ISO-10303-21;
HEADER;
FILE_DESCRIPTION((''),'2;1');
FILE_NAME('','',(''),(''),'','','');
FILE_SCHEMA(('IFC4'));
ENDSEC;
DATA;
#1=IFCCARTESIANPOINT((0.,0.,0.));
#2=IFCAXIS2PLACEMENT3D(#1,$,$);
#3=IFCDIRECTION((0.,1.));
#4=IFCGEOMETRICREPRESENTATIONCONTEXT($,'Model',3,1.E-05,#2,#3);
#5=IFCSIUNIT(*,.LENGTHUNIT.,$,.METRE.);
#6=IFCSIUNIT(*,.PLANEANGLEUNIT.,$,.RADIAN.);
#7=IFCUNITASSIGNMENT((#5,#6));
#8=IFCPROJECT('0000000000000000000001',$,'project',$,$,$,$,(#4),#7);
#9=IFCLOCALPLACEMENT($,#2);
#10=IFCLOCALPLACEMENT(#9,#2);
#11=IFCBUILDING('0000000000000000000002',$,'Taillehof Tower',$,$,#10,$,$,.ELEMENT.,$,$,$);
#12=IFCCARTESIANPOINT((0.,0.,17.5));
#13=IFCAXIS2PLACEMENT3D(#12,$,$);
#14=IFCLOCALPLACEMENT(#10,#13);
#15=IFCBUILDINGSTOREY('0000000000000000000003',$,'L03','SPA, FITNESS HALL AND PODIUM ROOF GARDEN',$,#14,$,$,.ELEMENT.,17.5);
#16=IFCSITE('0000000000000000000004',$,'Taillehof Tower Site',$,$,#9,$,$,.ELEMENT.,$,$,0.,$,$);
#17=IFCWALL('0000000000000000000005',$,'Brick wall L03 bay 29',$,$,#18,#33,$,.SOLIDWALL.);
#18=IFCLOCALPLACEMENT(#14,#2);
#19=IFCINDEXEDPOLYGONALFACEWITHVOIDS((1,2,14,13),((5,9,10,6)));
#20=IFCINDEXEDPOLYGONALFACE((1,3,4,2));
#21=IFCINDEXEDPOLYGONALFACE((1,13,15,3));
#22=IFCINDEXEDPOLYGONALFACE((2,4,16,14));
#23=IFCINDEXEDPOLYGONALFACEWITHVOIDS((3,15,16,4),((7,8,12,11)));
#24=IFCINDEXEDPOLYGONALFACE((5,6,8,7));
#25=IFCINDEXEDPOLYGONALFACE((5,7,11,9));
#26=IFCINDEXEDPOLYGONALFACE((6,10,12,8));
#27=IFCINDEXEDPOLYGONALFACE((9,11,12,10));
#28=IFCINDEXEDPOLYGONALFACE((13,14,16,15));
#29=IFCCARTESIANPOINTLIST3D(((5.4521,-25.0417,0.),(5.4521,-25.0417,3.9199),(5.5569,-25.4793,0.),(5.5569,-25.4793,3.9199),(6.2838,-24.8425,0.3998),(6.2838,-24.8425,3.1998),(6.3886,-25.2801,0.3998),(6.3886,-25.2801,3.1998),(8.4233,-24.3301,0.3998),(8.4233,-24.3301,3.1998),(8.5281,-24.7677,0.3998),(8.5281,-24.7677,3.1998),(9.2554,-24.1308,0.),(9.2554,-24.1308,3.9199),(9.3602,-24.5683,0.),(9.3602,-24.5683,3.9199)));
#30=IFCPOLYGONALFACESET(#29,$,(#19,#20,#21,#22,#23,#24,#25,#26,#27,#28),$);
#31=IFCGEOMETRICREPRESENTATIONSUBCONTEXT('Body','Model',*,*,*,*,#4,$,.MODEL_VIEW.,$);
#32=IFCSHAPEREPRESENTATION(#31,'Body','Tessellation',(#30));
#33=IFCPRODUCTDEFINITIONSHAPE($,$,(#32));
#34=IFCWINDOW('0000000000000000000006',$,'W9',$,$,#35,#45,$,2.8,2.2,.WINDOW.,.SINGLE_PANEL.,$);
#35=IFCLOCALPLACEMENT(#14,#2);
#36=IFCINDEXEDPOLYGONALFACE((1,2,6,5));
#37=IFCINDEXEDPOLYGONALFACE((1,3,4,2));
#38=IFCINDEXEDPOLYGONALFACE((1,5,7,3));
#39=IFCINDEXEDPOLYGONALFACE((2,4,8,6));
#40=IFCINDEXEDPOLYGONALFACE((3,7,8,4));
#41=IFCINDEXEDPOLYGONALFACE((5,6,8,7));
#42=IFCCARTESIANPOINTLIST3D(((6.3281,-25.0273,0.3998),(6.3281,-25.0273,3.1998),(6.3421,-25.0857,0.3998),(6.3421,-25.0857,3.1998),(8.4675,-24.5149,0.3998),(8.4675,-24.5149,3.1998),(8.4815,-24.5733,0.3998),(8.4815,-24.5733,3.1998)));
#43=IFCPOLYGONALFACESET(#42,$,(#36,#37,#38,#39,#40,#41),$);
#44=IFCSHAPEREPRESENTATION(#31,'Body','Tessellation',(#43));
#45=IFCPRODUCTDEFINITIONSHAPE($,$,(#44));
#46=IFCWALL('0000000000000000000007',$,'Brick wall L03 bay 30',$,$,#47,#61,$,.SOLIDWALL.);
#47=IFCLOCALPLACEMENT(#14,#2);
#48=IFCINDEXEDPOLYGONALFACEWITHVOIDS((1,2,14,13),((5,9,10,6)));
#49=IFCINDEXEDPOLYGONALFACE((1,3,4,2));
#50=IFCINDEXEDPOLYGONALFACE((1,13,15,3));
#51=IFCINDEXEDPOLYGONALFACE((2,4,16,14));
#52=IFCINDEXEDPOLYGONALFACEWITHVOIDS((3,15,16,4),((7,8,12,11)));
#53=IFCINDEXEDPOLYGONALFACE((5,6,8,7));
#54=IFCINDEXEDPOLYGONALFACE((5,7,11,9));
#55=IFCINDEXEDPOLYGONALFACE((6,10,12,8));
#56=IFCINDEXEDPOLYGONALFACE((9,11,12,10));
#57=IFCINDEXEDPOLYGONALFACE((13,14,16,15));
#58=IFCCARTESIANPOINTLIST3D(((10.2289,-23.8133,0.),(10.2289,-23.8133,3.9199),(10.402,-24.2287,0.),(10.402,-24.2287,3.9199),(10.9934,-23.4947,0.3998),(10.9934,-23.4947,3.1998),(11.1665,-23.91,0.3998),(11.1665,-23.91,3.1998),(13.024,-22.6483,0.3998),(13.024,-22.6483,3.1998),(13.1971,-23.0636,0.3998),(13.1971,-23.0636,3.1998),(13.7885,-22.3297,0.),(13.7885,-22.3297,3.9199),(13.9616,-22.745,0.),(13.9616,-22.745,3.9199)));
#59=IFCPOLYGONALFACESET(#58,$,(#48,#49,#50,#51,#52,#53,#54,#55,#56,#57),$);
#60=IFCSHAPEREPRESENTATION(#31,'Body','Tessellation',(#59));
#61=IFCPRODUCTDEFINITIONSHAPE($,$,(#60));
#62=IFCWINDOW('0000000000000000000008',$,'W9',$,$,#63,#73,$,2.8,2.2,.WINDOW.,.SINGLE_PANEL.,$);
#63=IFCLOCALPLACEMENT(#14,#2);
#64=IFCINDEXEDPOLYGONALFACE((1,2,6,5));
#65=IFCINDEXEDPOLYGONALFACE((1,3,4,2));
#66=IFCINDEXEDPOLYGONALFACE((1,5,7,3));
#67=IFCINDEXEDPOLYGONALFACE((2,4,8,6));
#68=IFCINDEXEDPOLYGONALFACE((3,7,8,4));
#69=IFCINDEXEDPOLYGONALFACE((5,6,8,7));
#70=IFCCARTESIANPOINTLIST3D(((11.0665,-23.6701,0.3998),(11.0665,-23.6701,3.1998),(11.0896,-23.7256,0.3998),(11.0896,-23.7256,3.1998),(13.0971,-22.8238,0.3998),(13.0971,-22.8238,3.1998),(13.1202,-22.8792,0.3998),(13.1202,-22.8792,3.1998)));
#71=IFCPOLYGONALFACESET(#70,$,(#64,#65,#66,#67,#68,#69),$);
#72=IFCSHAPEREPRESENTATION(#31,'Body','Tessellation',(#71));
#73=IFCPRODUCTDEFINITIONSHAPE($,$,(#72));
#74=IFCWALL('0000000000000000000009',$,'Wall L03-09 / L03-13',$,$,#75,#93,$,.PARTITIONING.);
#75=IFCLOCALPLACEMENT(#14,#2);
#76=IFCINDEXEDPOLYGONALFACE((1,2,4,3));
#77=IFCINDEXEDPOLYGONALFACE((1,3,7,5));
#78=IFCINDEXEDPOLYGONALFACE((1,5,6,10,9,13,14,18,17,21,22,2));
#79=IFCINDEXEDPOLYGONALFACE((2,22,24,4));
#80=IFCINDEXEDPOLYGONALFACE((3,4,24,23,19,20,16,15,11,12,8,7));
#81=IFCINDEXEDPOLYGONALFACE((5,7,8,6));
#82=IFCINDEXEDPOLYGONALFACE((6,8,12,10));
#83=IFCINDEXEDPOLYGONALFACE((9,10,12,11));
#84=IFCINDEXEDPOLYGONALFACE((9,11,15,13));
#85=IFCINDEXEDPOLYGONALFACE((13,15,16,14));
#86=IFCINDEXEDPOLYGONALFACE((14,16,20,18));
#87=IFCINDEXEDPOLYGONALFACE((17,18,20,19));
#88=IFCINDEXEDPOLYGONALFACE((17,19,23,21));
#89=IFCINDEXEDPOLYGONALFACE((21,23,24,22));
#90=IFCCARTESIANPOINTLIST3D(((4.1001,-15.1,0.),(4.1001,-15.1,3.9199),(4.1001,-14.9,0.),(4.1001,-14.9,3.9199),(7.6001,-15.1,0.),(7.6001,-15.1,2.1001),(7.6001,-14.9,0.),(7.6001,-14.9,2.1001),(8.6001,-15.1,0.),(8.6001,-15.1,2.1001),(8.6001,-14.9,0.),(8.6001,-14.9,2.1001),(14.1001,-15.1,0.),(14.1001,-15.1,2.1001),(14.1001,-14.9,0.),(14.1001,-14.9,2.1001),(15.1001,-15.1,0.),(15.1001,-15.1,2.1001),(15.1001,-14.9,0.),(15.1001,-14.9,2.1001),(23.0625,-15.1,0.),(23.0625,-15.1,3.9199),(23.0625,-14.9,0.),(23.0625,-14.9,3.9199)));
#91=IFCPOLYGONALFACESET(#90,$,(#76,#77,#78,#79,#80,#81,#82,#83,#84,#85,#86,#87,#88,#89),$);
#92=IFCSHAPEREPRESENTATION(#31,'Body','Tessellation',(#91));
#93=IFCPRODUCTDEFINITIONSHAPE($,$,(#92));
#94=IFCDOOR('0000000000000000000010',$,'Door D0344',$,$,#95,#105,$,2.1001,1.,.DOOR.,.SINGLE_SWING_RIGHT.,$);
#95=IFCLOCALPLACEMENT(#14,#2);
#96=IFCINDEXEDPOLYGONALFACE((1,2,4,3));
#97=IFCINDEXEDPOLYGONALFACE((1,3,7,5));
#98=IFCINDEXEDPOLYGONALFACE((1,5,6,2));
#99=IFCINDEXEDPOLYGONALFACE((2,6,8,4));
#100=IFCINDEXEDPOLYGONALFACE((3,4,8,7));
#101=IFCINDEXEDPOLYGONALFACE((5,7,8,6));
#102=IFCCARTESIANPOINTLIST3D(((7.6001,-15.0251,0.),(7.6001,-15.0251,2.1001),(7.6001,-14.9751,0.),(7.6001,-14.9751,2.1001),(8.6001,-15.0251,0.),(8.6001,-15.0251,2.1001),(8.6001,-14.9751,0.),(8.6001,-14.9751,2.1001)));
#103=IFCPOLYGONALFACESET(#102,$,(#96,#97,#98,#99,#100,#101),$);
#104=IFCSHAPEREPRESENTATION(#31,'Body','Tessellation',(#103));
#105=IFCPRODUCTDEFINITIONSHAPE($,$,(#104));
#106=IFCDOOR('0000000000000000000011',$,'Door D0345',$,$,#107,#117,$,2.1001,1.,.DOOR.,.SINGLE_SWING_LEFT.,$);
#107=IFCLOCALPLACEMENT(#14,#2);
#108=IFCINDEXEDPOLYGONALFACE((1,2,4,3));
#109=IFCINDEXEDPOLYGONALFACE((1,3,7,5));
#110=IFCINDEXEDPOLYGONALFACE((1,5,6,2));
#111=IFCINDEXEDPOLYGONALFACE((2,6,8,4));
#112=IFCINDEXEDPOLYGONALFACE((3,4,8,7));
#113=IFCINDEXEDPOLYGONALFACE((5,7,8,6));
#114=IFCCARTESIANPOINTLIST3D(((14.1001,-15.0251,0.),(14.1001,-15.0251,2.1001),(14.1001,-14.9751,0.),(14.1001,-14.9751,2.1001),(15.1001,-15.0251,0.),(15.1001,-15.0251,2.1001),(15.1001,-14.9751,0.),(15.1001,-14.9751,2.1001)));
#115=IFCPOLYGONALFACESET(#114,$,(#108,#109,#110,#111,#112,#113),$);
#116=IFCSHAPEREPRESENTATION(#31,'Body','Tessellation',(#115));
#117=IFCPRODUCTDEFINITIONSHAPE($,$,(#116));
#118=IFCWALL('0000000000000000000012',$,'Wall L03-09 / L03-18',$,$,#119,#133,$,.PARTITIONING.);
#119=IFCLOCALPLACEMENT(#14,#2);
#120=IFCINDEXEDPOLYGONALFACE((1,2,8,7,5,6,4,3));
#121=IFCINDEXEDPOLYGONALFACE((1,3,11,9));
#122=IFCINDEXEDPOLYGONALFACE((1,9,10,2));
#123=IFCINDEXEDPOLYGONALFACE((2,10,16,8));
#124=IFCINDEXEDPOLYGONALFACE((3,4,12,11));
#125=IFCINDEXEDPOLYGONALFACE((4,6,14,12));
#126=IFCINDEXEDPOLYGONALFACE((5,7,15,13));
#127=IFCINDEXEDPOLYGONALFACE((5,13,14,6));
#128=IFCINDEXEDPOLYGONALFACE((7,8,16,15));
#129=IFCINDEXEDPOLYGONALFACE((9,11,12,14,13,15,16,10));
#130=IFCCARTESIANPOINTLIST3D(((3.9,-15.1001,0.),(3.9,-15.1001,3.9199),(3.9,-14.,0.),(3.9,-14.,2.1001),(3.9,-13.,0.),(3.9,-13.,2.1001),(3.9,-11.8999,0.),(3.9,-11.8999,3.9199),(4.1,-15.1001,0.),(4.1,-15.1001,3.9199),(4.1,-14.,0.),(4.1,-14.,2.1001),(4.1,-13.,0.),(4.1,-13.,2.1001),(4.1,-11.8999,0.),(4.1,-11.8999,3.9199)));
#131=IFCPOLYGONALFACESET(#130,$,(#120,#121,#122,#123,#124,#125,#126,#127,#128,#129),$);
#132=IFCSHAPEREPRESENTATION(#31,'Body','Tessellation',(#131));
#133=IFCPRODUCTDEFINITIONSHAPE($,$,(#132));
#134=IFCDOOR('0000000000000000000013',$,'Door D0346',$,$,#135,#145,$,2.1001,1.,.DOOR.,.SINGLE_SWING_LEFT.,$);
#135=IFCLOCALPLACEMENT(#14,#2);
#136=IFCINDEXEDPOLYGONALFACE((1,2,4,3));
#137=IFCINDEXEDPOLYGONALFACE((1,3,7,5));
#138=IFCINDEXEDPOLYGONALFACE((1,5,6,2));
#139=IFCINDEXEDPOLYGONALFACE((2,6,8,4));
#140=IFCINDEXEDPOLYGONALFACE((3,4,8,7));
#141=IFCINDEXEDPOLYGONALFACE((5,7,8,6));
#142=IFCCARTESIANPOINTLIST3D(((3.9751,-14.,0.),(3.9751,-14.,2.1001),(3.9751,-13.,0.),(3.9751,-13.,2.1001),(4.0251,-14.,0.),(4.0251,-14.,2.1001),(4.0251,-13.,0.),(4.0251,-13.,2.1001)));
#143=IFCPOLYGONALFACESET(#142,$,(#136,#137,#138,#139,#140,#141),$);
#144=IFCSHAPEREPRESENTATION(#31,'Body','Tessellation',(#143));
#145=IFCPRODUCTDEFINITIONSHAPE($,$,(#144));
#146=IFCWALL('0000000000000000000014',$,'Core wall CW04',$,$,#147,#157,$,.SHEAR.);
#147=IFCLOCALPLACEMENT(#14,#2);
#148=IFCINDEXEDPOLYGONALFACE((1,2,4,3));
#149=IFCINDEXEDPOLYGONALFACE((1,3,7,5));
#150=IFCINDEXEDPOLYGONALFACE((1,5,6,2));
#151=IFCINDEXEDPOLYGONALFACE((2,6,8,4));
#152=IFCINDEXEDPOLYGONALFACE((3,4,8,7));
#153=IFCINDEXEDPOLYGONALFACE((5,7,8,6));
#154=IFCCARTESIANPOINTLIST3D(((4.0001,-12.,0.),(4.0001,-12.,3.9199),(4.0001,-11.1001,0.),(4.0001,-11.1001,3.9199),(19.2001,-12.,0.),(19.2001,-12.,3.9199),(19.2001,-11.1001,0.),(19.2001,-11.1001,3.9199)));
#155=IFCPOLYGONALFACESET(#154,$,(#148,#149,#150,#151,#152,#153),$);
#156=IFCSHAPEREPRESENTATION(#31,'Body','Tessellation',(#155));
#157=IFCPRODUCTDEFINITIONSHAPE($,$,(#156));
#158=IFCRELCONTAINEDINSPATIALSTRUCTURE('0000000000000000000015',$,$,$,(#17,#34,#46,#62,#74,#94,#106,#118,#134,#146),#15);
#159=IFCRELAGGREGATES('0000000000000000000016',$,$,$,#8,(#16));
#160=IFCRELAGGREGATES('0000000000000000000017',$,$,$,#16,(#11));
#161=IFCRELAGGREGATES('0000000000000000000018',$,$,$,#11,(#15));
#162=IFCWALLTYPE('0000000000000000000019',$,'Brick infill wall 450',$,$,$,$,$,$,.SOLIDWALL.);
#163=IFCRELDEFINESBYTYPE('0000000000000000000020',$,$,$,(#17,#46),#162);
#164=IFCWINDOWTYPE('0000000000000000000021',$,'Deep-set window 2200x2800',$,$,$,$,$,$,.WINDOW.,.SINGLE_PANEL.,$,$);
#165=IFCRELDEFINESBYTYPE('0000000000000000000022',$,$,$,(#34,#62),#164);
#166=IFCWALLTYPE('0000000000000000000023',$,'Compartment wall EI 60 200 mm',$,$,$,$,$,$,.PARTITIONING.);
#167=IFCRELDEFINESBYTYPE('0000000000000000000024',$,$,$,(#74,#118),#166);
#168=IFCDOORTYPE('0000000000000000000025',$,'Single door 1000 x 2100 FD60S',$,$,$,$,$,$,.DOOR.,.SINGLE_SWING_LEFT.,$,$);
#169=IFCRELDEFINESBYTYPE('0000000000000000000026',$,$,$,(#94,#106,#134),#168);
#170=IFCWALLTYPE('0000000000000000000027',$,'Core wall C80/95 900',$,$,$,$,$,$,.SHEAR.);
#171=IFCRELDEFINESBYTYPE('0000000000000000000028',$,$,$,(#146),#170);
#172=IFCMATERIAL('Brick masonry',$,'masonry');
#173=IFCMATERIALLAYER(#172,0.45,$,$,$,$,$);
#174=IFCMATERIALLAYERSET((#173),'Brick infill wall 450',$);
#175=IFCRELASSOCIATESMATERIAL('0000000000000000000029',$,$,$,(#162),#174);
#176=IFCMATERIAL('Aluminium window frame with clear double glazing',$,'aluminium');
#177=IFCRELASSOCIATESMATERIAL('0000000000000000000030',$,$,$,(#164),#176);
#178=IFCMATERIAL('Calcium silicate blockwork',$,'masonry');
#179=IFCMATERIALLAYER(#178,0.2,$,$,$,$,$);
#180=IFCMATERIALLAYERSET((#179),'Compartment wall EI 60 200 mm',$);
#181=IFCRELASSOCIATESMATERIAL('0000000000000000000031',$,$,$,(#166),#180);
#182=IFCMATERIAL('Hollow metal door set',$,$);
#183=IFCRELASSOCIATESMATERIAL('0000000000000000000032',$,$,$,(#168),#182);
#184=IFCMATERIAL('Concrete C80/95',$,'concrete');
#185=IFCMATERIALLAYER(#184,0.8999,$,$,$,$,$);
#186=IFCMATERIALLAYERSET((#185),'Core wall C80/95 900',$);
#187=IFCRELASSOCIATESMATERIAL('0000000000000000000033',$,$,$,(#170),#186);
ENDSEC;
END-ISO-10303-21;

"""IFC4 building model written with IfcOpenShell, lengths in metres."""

from ifc_helpers import new_model, si_unit, direction, frame, frame_2d, origin, place, context, subcontext, project, spatial, rectangle, extrude, material, layer, layer_set, type_object, element, fill, save


model = new_model("IFC4")

# Units and contexts
model_context = context("Model", 3, precision=1e-05, world=origin(), true_north=direction((0.0, 1.0)))
body_context = subcontext(model_context, "Body", "Model", "MODEL_VIEW")
ifc_project = project(units=[si_unit("LENGTHUNIT", "METRE"), si_unit("PLANEANGLEUNIT", "RADIAN")], contexts=[model_context])

# Site, building, storey
site_placement = place(None, origin())
site = spatial("IfcSite", under=ifc_project, at=site_placement, Name="Taillehof Tower Site", CompositionType="ELEMENT", RefElevation=0.0)
building_placement = place(site_placement, origin())
building = spatial("IfcBuilding", under=site, at=building_placement, Name="Taillehof Tower", CompositionType="ELEMENT")
storey_placement = place(building_placement, frame((0.0, 0.0, 17.5)))
storey = spatial("IfcBuildingStorey", under=building, at=storey_placement, Name="L03", Description="SPA, FITNESS HALL AND PODIUM ROOF GARDEN", CompositionType="ELEMENT", Elevation=17.5)

# Walls, openings, windows
ifc_material_1 = material(Name="Brick masonry", Category="masonry")
ifc_layer_1 = layer(ifc_material_1, 0.45)
ifc_layer_set_1 = layer_set([ifc_layer_1], Name="Brick infill wall 450")
wall_type_1 = type_object("IfcWallType", Name="Brick infill wall 450", PredefinedType="SOLIDWALL", material=ifc_layer_set_1)
ifc_material_2 = material(Name="Aluminium window frame with clear double glazing", Category="aluminium")
window_type = type_object("IfcWindowType", Name="Deep-set window 2200x2800", PartitioningType="SINGLE_PANEL", PredefinedType="WINDOW", material=ifc_material_2)
wall_1_placement = place(storey_placement, frame((5.5044, -25.2605, 0.0), z_axis=(0.0, 0.0, 1.0), x_axis=(0.972497, 0.232917, 0.0)))
wall_1 = element("IfcWall", 1, at=wall_1_placement, inside=storey, type_object=wall_type_1, Name="Brick wall L03 bay 29", PredefinedType="SOLIDWALL", context=body_context, shape_type="SweptSolid", body=[
    extrude(rectangle(XDim=3.9109, YDim=0.45, at=frame_2d((1.9556, 0.0))), origin(), (0.0, 0.0, 1.0), 3.9199),
])
opening_1_placement = place(wall_1_placement, frame((0.8552, 0.0, 0.3999)))
opening_1 = element("IfcOpeningElement", 2, at=opening_1_placement, cuts=wall_1, PredefinedType="OPENING", context=body_context, shape_type="SweptSolid", body=[
    extrude(rectangle(XDim=2.2, YDim=2.8, at=frame_2d((1.1001, 1.3999))), frame((0.0, 0.2349, 0.0), z_axis=(0.0, -1.0, 0.0), x_axis=(1.0, 0.0, 0.0)), (0.0, 0.0, 1.0), 0.47),
])
window_1_placement = place(opening_1_placement, origin())
window_1 = element("IfcWindow", 3, at=window_1_placement, inside=storey, type_object=window_type, Name="W9", OverallHeight=2.8, OverallWidth=2.2, PartitioningType="SINGLE_PANEL", PredefinedType="WINDOW", context=body_context, shape_type="SweptSolid", body=[
    extrude(rectangle(XDim=2.2, YDim=2.8, at=frame_2d((1.1001, 1.3999))), frame((0.0, 0.0349, 0.0), z_axis=(0.0, -1.0, 0.0), x_axis=(1.0, 0.0, 0.0)), (0.0, 0.0, 1.0), 0.0601),
])
fill(opening_1, window_1)
wall_2_placement = place(storey_placement, frame((10.3154, -24.021, 0.0), z_axis=(0.0, 0.0, 1.0), x_axis=(0.923032, 0.384723, 0.0)))
wall_2 = element("IfcWall", 4, at=wall_2_placement, inside=storey, type_object=wall_type_1, Name="Brick wall L03 bay 30", PredefinedType="SOLIDWALL", context=body_context, shape_type="SweptSolid", body=[
    extrude(rectangle(XDim=3.8564, YDim=0.45, at=frame_2d((1.9282, 0.0))), origin(), (0.0, 0.0, 1.0), 3.9199),
])
opening_2_placement = place(wall_2_placement, frame((0.8281, 0.0, 0.3999)))
opening_2 = element("IfcOpeningElement", 5, at=opening_2_placement, cuts=wall_2, PredefinedType="OPENING", context=body_context, shape_type="SweptSolid", body=[
    extrude(rectangle(XDim=2.2, YDim=2.8, at=frame_2d((1.1001, 1.3999))), frame((0.0, 0.2349, 0.0), z_axis=(0.0, -1.0, 0.0), x_axis=(1.0, 0.0, 0.0)), (0.0, 0.0, 1.0), 0.47),
])
window_2_placement = place(opening_2_placement, origin())
window_2 = element("IfcWindow", 6, at=window_2_placement, inside=storey, type_object=window_type, Name="W9", OverallHeight=2.8, OverallWidth=2.2, PartitioningType="SINGLE_PANEL", PredefinedType="WINDOW", context=body_context, shape_type="SweptSolid", body=[
    extrude(rectangle(XDim=2.2, YDim=2.8, at=frame_2d((1.1001, 1.3999))), frame((0.0, 0.0349, 0.0), z_axis=(0.0, -1.0, 0.0), x_axis=(1.0, 0.0, 0.0)), (0.0, 0.0, 1.0), 0.0601),
])
fill(opening_2, window_2)

# Wall, openings, doors
ifc_material_3 = material(Name="Calcium silicate blockwork", Category="masonry")
ifc_layer_2 = layer(ifc_material_3, 0.2)
ifc_layer_set_2 = layer_set([ifc_layer_2], Name="Compartment wall EI 60 200 mm")
wall_type_2 = type_object("IfcWallType", Name="Compartment wall EI 60 200 mm", PredefinedType="PARTITIONING", material=ifc_layer_set_2)
wall_3_placement = place(storey_placement, frame((4.1001, -15.0, 0.0), z_axis=(0.0, 0.0, 1.0), x_axis=(1.0, 0.0, 0.0)))
wall_3 = element("IfcWall", 7, at=wall_3_placement, inside=storey, type_object=wall_type_2, Name="Wall L03-09 / L03-13", PredefinedType="PARTITIONING", context=body_context, shape_type="SweptSolid", body=[
    extrude(rectangle(XDim=18.9624, YDim=0.2, at=frame_2d((9.4812, 0.0))), origin(), (0.0, 0.0, 1.0), 3.9199),
])
opening_3_placement = place(wall_3_placement, frame((3.5, 0.0, 0.0)))
opening_3 = element("IfcOpeningElement", 8, at=opening_3_placement, cuts=wall_3, PredefinedType="OPENING", context=body_context, shape_type="SweptSolid", body=[
    extrude(rectangle(XDim=1.0, YDim=2.1001, at=frame_2d((0.5, 1.05))), frame((0.0, 0.1099, 0.0), z_axis=(0.0, -1.0, 0.0), x_axis=(1.0, 0.0, 0.0)), (0.0, 0.0, 1.0), 0.22),
])
opening_4_placement = place(wall_3_placement, frame((10.0, 0.0, 0.0)))
opening_4 = element("IfcOpeningElement", 9, at=opening_4_placement, cuts=wall_3, PredefinedType="OPENING", context=body_context, shape_type="SweptSolid", body=[
    extrude(rectangle(XDim=1.0, YDim=2.1001, at=frame_2d((0.5, 1.05))), frame((0.0, 0.1099, 0.0), z_axis=(0.0, -1.0, 0.0), x_axis=(1.0, 0.0, 0.0)), (0.0, 0.0, 1.0), 0.22),
])
ifc_material_4 = material(Name="Hollow metal door set")
door_type = type_object("IfcDoorType", Name="Single door 1000 x 2100 FD60S", OperationType="SINGLE_SWING_LEFT", PredefinedType="DOOR", material=ifc_material_4)
door_1_placement = place(opening_3_placement, origin())
door_1 = element("IfcDoor", 10, at=door_1_placement, inside=storey, type_object=door_type, Name="Door D0344", OperationType="SINGLE_SWING_RIGHT", OverallHeight=2.1001, OverallWidth=1.0, PredefinedType="DOOR", context=body_context, shape_type="SweptSolid", body=[
    extrude(rectangle(XDim=1.0, YDim=2.1001, at=frame_2d((0.5, 1.05))), frame((0.0, 0.0249, 0.0), z_axis=(0.0, -1.0, 0.0), x_axis=(1.0, 0.0, 0.0)), (0.0, 0.0, 1.0), 0.05),
])
fill(opening_3, door_1)
door_2_placement = place(opening_4_placement, origin())
door_2 = element("IfcDoor", 11, at=door_2_placement, inside=storey, type_object=door_type, Name="Door D0345", OperationType="SINGLE_SWING_LEFT", OverallHeight=2.1001, OverallWidth=1.0, PredefinedType="DOOR", context=body_context, shape_type="SweptSolid", body=[
    extrude(rectangle(XDim=1.0, YDim=2.1001, at=frame_2d((0.5, 1.05))), frame((0.0, 0.0249, 0.0), z_axis=(0.0, -1.0, 0.0), x_axis=(1.0, 0.0, 0.0)), (0.0, 0.0, 1.0), 0.05),
])
fill(opening_4, door_2)

# Wall, opening, door
wall_4_placement = place(storey_placement, frame((4.0, -15.1001, 0.0), z_axis=(0.0, 0.0, 1.0), x_axis=(0.0, 1.0, 0.0)))
wall_4 = element("IfcWall", 12, at=wall_4_placement, inside=storey, type_object=wall_type_2, Name="Wall L03-09 / L03-18", PredefinedType="PARTITIONING", context=body_context, shape_type="SweptSolid", body=[
    extrude(rectangle(XDim=3.2002, YDim=0.2, at=frame_2d((1.6001, 0.0))), origin(), (0.0, 0.0, 1.0), 3.9199),
])
opening_5_placement = place(wall_4_placement, frame((1.1001, 0.0, 0.0)))
opening_5 = element("IfcOpeningElement", 13, at=opening_5_placement, cuts=wall_4, PredefinedType="OPENING", context=body_context, shape_type="SweptSolid", body=[
    extrude(rectangle(XDim=1.0, YDim=2.1001, at=frame_2d((0.5, 1.05))), frame((0.0, 0.1099, 0.0), z_axis=(0.0, -1.0, 0.0), x_axis=(1.0, 0.0, 0.0)), (0.0, 0.0, 1.0), 0.22),
])
door_3_placement = place(opening_5_placement, origin())
door_3 = element("IfcDoor", 14, at=door_3_placement, inside=storey, type_object=door_type, Name="Door D0346", OperationType="SINGLE_SWING_LEFT", OverallHeight=2.1001, OverallWidth=1.0, PredefinedType="DOOR", context=body_context, shape_type="SweptSolid", body=[
    extrude(rectangle(XDim=1.0, YDim=2.1001, at=frame_2d((0.5, 1.05))), frame((0.0, 0.0249, 0.0), z_axis=(0.0, -1.0, 0.0), x_axis=(1.0, 0.0, 0.0)), (0.0, 0.0, 1.0), 0.05),
])
fill(opening_5, door_3)

# Wall
ifc_material_5 = material(Name="Concrete C80/95", Category="concrete")
ifc_layer_3 = layer(ifc_material_5, 0.8999)
ifc_layer_set_3 = layer_set([ifc_layer_3], Name="Core wall C80/95 900")
wall_type_3 = type_object("IfcWallType", Name="Core wall C80/95 900", PredefinedType="SHEAR", material=ifc_layer_set_3)
wall_5_placement = place(storey_placement, frame((4.0, -11.55, 0.0), z_axis=(0.0, 0.0, 1.0), x_axis=(1.0, 0.0, 0.0)))
element("IfcWall", 15, at=wall_5_placement, inside=storey, type_object=wall_type_3, Name="Core wall CW04", PredefinedType="SHEAR", context=body_context, shape_type="SweptSolid", body=[
    extrude(rectangle(XDim=15.2, YDim=0.8999, at=frame_2d((7.6001, 0.0))), origin(), (0.0, 0.0, 1.0), 3.9199),
])

save(model, "model.ifc")
